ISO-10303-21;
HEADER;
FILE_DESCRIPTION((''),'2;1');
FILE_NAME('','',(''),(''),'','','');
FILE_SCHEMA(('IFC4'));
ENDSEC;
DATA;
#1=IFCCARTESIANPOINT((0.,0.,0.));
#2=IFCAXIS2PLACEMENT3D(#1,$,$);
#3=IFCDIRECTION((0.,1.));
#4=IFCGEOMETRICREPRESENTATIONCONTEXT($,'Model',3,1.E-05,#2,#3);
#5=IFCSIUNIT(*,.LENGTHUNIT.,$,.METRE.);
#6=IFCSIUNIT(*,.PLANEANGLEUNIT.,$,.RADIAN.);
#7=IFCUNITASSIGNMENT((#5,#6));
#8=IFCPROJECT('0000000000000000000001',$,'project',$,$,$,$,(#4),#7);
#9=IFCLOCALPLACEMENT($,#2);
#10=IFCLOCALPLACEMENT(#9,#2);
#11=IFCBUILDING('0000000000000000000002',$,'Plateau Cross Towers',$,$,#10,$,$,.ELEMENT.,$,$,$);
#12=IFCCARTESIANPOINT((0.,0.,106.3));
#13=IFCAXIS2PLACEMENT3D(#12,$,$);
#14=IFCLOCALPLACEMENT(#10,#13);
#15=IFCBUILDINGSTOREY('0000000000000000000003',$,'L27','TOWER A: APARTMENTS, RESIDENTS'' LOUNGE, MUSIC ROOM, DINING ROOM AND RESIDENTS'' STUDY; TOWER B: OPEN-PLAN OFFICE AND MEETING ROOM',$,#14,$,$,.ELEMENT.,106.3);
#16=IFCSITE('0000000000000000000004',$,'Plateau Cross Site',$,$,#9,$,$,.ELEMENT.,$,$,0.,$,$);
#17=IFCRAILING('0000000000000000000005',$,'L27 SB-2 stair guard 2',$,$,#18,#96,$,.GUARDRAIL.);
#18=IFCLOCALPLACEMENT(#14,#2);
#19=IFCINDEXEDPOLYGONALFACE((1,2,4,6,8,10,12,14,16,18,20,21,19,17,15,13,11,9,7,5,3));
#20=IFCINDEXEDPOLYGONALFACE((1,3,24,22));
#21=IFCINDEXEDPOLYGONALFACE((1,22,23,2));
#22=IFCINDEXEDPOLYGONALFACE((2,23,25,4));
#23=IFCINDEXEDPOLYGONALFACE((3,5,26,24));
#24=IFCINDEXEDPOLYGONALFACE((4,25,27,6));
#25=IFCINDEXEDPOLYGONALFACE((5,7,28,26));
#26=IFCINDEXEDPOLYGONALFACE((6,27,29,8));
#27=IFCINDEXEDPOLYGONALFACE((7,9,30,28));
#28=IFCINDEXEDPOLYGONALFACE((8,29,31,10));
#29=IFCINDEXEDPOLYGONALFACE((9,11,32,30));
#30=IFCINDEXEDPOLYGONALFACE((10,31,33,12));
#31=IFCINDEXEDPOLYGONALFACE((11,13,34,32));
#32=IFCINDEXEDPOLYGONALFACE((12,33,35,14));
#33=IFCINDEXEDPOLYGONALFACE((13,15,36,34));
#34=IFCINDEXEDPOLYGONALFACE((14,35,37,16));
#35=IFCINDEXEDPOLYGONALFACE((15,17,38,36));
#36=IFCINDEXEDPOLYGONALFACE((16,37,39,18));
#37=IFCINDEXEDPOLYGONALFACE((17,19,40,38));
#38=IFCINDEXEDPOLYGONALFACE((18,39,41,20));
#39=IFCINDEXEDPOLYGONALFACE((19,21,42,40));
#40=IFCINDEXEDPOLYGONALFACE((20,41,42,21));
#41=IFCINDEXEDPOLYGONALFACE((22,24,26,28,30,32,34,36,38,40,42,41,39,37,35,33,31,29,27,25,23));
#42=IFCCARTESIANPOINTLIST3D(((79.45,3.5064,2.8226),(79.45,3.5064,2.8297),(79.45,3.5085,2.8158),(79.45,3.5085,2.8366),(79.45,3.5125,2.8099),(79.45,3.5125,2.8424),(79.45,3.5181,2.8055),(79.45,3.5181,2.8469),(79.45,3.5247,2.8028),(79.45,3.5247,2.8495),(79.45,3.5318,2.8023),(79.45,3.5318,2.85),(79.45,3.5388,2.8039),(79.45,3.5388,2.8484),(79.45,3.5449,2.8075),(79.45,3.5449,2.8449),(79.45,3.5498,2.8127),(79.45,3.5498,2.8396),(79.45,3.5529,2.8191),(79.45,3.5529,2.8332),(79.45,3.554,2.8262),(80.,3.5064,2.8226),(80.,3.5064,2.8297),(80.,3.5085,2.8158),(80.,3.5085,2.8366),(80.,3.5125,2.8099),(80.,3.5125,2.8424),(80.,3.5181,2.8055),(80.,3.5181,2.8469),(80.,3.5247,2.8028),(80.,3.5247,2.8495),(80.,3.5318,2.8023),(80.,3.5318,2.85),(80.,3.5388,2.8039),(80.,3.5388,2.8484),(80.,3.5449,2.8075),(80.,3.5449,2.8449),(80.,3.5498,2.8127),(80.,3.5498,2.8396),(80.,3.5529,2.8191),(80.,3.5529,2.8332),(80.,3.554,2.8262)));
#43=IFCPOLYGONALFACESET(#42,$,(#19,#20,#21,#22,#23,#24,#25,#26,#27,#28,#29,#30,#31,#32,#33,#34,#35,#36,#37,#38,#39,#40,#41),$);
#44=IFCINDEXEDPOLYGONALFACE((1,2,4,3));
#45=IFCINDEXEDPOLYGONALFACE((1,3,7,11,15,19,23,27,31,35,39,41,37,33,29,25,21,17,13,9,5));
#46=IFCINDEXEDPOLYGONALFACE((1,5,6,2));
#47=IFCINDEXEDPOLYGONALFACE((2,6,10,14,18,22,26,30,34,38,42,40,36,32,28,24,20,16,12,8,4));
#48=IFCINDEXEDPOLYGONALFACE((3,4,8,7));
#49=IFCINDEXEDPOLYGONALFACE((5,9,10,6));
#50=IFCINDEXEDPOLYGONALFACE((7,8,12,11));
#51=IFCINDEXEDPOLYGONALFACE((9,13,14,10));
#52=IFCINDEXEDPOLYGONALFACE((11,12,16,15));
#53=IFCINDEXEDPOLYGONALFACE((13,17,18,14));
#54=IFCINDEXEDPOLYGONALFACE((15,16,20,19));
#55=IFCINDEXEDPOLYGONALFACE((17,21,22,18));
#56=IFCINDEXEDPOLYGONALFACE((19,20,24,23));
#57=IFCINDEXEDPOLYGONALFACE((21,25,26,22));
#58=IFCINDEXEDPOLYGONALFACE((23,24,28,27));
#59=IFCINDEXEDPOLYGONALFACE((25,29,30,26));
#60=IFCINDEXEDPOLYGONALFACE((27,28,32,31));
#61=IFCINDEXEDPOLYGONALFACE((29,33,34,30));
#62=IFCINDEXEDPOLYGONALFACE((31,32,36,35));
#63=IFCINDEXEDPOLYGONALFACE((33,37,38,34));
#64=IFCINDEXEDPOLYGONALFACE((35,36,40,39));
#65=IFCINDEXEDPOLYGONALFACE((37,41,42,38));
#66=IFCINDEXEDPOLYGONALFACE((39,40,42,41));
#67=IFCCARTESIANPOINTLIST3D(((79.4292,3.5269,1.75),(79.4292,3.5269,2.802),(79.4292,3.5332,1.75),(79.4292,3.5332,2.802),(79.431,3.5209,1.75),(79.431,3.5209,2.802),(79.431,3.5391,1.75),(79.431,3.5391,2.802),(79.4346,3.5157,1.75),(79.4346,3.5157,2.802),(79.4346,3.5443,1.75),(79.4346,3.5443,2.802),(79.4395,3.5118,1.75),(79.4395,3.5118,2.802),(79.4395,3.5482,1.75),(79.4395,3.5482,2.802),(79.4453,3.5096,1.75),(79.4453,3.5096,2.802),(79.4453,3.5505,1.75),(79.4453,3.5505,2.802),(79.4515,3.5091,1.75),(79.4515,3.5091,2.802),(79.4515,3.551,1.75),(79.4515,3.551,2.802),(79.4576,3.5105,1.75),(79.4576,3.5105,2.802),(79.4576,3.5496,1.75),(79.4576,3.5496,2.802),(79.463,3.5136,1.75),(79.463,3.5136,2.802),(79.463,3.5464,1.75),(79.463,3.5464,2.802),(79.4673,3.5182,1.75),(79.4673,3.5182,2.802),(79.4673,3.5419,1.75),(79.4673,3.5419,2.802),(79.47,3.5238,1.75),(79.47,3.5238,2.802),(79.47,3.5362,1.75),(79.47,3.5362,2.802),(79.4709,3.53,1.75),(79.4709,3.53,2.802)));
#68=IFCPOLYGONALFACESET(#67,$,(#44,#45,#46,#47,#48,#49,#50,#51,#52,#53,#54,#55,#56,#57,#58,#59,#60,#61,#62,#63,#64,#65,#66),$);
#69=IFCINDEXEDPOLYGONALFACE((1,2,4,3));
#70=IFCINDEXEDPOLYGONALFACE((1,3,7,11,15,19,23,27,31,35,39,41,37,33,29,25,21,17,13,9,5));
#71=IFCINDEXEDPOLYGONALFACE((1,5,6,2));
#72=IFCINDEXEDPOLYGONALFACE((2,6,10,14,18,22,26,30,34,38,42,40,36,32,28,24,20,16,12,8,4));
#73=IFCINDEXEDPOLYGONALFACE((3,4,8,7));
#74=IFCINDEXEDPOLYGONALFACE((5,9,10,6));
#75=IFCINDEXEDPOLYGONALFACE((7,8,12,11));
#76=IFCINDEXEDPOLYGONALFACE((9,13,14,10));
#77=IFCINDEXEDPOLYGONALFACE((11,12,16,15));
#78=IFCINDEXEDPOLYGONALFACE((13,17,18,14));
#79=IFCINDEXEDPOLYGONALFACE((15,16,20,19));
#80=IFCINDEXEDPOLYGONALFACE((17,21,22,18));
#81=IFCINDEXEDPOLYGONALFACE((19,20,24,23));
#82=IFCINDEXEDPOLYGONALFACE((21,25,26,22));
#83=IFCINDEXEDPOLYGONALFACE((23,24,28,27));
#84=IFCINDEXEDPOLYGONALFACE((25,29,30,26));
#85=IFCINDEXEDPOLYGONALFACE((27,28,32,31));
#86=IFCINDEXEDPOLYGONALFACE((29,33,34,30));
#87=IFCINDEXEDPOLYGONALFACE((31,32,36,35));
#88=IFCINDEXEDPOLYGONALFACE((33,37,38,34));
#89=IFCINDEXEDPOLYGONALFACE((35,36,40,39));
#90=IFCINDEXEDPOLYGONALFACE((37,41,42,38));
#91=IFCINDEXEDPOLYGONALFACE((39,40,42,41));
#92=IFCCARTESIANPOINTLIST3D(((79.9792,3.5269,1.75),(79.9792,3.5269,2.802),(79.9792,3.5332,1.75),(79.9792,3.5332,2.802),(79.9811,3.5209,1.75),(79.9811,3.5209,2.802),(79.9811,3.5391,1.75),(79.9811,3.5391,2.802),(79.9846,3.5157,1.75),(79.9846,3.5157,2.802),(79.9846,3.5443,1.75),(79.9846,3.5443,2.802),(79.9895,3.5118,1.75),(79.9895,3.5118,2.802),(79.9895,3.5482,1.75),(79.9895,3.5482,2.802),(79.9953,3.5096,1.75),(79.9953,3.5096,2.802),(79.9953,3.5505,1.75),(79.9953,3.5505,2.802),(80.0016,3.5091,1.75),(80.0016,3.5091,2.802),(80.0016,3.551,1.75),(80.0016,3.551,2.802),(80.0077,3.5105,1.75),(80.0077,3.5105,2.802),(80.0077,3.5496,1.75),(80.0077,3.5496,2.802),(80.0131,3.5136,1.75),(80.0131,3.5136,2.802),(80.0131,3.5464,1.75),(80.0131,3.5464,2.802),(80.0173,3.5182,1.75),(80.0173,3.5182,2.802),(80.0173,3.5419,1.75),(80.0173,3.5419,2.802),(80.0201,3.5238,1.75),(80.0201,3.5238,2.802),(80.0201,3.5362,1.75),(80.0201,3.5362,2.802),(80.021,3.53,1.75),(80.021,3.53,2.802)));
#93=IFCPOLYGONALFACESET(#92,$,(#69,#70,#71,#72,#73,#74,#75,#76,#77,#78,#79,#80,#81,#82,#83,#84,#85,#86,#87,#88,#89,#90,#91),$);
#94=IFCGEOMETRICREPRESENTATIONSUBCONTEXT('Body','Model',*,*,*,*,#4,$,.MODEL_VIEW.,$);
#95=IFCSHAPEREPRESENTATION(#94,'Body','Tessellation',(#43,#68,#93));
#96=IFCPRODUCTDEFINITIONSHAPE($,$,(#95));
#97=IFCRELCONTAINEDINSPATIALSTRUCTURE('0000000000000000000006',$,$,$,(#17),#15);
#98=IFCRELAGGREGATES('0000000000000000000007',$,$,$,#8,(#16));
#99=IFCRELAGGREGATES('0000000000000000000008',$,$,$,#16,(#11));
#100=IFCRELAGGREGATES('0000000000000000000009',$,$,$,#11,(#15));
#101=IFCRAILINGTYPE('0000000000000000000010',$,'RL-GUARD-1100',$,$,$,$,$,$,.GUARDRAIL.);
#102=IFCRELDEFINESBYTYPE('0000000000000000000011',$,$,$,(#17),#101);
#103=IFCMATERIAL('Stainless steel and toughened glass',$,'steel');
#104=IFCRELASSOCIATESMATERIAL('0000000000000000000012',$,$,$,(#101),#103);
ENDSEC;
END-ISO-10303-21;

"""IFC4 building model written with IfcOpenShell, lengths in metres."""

from ifc_helpers import new_model, si_unit, direction, frame, origin, origin_2d, place, context, subcontext, project, spatial, circle, extrude, material, type_object, element, save


model = new_model("IFC4")

# Units and contexts
model_context = context("Model", 3, precision=1e-05, world=origin(), true_north=direction((0.0, 1.0)))
body_context = subcontext(model_context, "Body", "Model", "MODEL_VIEW")
ifc_project = project(units=[si_unit("LENGTHUNIT", "METRE"), si_unit("PLANEANGLEUNIT", "RADIAN")], contexts=[model_context])

# Site, building, storey
site_placement = place(None, origin())
site = spatial("IfcSite", under=ifc_project, at=site_placement, Name="Plateau Cross Site", CompositionType="ELEMENT", RefElevation=0.0)
building_placement = place(site_placement, origin())
building = spatial("IfcBuilding", under=site, at=building_placement, Name="Plateau Cross Towers", CompositionType="ELEMENT")
storey_placement = place(building_placement, frame((0.0, 0.0, 106.3)))
storey = spatial("IfcBuildingStorey", under=building, at=storey_placement, Name="L27", Description="TOWER A: APARTMENTS, RESIDENTS' LOUNGE, MUSIC ROOM, DINING ROOM AND RESIDENTS' STUDY; TOWER B: OPEN-PLAN OFFICE AND MEETING ROOM", CompositionType="ELEMENT", Elevation=106.3)

# Railing
ifc_material_1 = material(Name="Stainless steel and toughened glass", Category="steel")
railing_type_1 = type_object("IfcRailingType", Name="RL-GUARD-1100", PredefinedType="GUARDRAIL", material=ifc_material_1)
railing_1_placement = place(storey_placement, frame((79.45, 3.53, 1.75)))
element("IfcRailing", 1, at=railing_1_placement, inside=storey, type_object=railing_type_1, Name="L27 SB-2 stair guard 2", PredefinedType="GUARDRAIL", context=body_context, shape_type="SweptSolid", body=[
    extrude(circle(Radius=0.0239, at=origin_2d()), frame((0.0, 0.0, 1.0762), z_axis=(1.0, 0.0, 0.0), x_axis=(0.0, 1.0, 0.0)), (0.0, 0.0, 1.0), 0.55),
    extrude(circle(Radius=0.021, at=origin_2d()), origin(), (0.0, 0.0, 1.0), 1.052),
    extrude(circle(Radius=0.021, at=origin_2d()), frame((0.55, 0.0, 0.0)), (0.0, 0.0, 1.0), 1.052),
])

save(model, "model.ifc")
